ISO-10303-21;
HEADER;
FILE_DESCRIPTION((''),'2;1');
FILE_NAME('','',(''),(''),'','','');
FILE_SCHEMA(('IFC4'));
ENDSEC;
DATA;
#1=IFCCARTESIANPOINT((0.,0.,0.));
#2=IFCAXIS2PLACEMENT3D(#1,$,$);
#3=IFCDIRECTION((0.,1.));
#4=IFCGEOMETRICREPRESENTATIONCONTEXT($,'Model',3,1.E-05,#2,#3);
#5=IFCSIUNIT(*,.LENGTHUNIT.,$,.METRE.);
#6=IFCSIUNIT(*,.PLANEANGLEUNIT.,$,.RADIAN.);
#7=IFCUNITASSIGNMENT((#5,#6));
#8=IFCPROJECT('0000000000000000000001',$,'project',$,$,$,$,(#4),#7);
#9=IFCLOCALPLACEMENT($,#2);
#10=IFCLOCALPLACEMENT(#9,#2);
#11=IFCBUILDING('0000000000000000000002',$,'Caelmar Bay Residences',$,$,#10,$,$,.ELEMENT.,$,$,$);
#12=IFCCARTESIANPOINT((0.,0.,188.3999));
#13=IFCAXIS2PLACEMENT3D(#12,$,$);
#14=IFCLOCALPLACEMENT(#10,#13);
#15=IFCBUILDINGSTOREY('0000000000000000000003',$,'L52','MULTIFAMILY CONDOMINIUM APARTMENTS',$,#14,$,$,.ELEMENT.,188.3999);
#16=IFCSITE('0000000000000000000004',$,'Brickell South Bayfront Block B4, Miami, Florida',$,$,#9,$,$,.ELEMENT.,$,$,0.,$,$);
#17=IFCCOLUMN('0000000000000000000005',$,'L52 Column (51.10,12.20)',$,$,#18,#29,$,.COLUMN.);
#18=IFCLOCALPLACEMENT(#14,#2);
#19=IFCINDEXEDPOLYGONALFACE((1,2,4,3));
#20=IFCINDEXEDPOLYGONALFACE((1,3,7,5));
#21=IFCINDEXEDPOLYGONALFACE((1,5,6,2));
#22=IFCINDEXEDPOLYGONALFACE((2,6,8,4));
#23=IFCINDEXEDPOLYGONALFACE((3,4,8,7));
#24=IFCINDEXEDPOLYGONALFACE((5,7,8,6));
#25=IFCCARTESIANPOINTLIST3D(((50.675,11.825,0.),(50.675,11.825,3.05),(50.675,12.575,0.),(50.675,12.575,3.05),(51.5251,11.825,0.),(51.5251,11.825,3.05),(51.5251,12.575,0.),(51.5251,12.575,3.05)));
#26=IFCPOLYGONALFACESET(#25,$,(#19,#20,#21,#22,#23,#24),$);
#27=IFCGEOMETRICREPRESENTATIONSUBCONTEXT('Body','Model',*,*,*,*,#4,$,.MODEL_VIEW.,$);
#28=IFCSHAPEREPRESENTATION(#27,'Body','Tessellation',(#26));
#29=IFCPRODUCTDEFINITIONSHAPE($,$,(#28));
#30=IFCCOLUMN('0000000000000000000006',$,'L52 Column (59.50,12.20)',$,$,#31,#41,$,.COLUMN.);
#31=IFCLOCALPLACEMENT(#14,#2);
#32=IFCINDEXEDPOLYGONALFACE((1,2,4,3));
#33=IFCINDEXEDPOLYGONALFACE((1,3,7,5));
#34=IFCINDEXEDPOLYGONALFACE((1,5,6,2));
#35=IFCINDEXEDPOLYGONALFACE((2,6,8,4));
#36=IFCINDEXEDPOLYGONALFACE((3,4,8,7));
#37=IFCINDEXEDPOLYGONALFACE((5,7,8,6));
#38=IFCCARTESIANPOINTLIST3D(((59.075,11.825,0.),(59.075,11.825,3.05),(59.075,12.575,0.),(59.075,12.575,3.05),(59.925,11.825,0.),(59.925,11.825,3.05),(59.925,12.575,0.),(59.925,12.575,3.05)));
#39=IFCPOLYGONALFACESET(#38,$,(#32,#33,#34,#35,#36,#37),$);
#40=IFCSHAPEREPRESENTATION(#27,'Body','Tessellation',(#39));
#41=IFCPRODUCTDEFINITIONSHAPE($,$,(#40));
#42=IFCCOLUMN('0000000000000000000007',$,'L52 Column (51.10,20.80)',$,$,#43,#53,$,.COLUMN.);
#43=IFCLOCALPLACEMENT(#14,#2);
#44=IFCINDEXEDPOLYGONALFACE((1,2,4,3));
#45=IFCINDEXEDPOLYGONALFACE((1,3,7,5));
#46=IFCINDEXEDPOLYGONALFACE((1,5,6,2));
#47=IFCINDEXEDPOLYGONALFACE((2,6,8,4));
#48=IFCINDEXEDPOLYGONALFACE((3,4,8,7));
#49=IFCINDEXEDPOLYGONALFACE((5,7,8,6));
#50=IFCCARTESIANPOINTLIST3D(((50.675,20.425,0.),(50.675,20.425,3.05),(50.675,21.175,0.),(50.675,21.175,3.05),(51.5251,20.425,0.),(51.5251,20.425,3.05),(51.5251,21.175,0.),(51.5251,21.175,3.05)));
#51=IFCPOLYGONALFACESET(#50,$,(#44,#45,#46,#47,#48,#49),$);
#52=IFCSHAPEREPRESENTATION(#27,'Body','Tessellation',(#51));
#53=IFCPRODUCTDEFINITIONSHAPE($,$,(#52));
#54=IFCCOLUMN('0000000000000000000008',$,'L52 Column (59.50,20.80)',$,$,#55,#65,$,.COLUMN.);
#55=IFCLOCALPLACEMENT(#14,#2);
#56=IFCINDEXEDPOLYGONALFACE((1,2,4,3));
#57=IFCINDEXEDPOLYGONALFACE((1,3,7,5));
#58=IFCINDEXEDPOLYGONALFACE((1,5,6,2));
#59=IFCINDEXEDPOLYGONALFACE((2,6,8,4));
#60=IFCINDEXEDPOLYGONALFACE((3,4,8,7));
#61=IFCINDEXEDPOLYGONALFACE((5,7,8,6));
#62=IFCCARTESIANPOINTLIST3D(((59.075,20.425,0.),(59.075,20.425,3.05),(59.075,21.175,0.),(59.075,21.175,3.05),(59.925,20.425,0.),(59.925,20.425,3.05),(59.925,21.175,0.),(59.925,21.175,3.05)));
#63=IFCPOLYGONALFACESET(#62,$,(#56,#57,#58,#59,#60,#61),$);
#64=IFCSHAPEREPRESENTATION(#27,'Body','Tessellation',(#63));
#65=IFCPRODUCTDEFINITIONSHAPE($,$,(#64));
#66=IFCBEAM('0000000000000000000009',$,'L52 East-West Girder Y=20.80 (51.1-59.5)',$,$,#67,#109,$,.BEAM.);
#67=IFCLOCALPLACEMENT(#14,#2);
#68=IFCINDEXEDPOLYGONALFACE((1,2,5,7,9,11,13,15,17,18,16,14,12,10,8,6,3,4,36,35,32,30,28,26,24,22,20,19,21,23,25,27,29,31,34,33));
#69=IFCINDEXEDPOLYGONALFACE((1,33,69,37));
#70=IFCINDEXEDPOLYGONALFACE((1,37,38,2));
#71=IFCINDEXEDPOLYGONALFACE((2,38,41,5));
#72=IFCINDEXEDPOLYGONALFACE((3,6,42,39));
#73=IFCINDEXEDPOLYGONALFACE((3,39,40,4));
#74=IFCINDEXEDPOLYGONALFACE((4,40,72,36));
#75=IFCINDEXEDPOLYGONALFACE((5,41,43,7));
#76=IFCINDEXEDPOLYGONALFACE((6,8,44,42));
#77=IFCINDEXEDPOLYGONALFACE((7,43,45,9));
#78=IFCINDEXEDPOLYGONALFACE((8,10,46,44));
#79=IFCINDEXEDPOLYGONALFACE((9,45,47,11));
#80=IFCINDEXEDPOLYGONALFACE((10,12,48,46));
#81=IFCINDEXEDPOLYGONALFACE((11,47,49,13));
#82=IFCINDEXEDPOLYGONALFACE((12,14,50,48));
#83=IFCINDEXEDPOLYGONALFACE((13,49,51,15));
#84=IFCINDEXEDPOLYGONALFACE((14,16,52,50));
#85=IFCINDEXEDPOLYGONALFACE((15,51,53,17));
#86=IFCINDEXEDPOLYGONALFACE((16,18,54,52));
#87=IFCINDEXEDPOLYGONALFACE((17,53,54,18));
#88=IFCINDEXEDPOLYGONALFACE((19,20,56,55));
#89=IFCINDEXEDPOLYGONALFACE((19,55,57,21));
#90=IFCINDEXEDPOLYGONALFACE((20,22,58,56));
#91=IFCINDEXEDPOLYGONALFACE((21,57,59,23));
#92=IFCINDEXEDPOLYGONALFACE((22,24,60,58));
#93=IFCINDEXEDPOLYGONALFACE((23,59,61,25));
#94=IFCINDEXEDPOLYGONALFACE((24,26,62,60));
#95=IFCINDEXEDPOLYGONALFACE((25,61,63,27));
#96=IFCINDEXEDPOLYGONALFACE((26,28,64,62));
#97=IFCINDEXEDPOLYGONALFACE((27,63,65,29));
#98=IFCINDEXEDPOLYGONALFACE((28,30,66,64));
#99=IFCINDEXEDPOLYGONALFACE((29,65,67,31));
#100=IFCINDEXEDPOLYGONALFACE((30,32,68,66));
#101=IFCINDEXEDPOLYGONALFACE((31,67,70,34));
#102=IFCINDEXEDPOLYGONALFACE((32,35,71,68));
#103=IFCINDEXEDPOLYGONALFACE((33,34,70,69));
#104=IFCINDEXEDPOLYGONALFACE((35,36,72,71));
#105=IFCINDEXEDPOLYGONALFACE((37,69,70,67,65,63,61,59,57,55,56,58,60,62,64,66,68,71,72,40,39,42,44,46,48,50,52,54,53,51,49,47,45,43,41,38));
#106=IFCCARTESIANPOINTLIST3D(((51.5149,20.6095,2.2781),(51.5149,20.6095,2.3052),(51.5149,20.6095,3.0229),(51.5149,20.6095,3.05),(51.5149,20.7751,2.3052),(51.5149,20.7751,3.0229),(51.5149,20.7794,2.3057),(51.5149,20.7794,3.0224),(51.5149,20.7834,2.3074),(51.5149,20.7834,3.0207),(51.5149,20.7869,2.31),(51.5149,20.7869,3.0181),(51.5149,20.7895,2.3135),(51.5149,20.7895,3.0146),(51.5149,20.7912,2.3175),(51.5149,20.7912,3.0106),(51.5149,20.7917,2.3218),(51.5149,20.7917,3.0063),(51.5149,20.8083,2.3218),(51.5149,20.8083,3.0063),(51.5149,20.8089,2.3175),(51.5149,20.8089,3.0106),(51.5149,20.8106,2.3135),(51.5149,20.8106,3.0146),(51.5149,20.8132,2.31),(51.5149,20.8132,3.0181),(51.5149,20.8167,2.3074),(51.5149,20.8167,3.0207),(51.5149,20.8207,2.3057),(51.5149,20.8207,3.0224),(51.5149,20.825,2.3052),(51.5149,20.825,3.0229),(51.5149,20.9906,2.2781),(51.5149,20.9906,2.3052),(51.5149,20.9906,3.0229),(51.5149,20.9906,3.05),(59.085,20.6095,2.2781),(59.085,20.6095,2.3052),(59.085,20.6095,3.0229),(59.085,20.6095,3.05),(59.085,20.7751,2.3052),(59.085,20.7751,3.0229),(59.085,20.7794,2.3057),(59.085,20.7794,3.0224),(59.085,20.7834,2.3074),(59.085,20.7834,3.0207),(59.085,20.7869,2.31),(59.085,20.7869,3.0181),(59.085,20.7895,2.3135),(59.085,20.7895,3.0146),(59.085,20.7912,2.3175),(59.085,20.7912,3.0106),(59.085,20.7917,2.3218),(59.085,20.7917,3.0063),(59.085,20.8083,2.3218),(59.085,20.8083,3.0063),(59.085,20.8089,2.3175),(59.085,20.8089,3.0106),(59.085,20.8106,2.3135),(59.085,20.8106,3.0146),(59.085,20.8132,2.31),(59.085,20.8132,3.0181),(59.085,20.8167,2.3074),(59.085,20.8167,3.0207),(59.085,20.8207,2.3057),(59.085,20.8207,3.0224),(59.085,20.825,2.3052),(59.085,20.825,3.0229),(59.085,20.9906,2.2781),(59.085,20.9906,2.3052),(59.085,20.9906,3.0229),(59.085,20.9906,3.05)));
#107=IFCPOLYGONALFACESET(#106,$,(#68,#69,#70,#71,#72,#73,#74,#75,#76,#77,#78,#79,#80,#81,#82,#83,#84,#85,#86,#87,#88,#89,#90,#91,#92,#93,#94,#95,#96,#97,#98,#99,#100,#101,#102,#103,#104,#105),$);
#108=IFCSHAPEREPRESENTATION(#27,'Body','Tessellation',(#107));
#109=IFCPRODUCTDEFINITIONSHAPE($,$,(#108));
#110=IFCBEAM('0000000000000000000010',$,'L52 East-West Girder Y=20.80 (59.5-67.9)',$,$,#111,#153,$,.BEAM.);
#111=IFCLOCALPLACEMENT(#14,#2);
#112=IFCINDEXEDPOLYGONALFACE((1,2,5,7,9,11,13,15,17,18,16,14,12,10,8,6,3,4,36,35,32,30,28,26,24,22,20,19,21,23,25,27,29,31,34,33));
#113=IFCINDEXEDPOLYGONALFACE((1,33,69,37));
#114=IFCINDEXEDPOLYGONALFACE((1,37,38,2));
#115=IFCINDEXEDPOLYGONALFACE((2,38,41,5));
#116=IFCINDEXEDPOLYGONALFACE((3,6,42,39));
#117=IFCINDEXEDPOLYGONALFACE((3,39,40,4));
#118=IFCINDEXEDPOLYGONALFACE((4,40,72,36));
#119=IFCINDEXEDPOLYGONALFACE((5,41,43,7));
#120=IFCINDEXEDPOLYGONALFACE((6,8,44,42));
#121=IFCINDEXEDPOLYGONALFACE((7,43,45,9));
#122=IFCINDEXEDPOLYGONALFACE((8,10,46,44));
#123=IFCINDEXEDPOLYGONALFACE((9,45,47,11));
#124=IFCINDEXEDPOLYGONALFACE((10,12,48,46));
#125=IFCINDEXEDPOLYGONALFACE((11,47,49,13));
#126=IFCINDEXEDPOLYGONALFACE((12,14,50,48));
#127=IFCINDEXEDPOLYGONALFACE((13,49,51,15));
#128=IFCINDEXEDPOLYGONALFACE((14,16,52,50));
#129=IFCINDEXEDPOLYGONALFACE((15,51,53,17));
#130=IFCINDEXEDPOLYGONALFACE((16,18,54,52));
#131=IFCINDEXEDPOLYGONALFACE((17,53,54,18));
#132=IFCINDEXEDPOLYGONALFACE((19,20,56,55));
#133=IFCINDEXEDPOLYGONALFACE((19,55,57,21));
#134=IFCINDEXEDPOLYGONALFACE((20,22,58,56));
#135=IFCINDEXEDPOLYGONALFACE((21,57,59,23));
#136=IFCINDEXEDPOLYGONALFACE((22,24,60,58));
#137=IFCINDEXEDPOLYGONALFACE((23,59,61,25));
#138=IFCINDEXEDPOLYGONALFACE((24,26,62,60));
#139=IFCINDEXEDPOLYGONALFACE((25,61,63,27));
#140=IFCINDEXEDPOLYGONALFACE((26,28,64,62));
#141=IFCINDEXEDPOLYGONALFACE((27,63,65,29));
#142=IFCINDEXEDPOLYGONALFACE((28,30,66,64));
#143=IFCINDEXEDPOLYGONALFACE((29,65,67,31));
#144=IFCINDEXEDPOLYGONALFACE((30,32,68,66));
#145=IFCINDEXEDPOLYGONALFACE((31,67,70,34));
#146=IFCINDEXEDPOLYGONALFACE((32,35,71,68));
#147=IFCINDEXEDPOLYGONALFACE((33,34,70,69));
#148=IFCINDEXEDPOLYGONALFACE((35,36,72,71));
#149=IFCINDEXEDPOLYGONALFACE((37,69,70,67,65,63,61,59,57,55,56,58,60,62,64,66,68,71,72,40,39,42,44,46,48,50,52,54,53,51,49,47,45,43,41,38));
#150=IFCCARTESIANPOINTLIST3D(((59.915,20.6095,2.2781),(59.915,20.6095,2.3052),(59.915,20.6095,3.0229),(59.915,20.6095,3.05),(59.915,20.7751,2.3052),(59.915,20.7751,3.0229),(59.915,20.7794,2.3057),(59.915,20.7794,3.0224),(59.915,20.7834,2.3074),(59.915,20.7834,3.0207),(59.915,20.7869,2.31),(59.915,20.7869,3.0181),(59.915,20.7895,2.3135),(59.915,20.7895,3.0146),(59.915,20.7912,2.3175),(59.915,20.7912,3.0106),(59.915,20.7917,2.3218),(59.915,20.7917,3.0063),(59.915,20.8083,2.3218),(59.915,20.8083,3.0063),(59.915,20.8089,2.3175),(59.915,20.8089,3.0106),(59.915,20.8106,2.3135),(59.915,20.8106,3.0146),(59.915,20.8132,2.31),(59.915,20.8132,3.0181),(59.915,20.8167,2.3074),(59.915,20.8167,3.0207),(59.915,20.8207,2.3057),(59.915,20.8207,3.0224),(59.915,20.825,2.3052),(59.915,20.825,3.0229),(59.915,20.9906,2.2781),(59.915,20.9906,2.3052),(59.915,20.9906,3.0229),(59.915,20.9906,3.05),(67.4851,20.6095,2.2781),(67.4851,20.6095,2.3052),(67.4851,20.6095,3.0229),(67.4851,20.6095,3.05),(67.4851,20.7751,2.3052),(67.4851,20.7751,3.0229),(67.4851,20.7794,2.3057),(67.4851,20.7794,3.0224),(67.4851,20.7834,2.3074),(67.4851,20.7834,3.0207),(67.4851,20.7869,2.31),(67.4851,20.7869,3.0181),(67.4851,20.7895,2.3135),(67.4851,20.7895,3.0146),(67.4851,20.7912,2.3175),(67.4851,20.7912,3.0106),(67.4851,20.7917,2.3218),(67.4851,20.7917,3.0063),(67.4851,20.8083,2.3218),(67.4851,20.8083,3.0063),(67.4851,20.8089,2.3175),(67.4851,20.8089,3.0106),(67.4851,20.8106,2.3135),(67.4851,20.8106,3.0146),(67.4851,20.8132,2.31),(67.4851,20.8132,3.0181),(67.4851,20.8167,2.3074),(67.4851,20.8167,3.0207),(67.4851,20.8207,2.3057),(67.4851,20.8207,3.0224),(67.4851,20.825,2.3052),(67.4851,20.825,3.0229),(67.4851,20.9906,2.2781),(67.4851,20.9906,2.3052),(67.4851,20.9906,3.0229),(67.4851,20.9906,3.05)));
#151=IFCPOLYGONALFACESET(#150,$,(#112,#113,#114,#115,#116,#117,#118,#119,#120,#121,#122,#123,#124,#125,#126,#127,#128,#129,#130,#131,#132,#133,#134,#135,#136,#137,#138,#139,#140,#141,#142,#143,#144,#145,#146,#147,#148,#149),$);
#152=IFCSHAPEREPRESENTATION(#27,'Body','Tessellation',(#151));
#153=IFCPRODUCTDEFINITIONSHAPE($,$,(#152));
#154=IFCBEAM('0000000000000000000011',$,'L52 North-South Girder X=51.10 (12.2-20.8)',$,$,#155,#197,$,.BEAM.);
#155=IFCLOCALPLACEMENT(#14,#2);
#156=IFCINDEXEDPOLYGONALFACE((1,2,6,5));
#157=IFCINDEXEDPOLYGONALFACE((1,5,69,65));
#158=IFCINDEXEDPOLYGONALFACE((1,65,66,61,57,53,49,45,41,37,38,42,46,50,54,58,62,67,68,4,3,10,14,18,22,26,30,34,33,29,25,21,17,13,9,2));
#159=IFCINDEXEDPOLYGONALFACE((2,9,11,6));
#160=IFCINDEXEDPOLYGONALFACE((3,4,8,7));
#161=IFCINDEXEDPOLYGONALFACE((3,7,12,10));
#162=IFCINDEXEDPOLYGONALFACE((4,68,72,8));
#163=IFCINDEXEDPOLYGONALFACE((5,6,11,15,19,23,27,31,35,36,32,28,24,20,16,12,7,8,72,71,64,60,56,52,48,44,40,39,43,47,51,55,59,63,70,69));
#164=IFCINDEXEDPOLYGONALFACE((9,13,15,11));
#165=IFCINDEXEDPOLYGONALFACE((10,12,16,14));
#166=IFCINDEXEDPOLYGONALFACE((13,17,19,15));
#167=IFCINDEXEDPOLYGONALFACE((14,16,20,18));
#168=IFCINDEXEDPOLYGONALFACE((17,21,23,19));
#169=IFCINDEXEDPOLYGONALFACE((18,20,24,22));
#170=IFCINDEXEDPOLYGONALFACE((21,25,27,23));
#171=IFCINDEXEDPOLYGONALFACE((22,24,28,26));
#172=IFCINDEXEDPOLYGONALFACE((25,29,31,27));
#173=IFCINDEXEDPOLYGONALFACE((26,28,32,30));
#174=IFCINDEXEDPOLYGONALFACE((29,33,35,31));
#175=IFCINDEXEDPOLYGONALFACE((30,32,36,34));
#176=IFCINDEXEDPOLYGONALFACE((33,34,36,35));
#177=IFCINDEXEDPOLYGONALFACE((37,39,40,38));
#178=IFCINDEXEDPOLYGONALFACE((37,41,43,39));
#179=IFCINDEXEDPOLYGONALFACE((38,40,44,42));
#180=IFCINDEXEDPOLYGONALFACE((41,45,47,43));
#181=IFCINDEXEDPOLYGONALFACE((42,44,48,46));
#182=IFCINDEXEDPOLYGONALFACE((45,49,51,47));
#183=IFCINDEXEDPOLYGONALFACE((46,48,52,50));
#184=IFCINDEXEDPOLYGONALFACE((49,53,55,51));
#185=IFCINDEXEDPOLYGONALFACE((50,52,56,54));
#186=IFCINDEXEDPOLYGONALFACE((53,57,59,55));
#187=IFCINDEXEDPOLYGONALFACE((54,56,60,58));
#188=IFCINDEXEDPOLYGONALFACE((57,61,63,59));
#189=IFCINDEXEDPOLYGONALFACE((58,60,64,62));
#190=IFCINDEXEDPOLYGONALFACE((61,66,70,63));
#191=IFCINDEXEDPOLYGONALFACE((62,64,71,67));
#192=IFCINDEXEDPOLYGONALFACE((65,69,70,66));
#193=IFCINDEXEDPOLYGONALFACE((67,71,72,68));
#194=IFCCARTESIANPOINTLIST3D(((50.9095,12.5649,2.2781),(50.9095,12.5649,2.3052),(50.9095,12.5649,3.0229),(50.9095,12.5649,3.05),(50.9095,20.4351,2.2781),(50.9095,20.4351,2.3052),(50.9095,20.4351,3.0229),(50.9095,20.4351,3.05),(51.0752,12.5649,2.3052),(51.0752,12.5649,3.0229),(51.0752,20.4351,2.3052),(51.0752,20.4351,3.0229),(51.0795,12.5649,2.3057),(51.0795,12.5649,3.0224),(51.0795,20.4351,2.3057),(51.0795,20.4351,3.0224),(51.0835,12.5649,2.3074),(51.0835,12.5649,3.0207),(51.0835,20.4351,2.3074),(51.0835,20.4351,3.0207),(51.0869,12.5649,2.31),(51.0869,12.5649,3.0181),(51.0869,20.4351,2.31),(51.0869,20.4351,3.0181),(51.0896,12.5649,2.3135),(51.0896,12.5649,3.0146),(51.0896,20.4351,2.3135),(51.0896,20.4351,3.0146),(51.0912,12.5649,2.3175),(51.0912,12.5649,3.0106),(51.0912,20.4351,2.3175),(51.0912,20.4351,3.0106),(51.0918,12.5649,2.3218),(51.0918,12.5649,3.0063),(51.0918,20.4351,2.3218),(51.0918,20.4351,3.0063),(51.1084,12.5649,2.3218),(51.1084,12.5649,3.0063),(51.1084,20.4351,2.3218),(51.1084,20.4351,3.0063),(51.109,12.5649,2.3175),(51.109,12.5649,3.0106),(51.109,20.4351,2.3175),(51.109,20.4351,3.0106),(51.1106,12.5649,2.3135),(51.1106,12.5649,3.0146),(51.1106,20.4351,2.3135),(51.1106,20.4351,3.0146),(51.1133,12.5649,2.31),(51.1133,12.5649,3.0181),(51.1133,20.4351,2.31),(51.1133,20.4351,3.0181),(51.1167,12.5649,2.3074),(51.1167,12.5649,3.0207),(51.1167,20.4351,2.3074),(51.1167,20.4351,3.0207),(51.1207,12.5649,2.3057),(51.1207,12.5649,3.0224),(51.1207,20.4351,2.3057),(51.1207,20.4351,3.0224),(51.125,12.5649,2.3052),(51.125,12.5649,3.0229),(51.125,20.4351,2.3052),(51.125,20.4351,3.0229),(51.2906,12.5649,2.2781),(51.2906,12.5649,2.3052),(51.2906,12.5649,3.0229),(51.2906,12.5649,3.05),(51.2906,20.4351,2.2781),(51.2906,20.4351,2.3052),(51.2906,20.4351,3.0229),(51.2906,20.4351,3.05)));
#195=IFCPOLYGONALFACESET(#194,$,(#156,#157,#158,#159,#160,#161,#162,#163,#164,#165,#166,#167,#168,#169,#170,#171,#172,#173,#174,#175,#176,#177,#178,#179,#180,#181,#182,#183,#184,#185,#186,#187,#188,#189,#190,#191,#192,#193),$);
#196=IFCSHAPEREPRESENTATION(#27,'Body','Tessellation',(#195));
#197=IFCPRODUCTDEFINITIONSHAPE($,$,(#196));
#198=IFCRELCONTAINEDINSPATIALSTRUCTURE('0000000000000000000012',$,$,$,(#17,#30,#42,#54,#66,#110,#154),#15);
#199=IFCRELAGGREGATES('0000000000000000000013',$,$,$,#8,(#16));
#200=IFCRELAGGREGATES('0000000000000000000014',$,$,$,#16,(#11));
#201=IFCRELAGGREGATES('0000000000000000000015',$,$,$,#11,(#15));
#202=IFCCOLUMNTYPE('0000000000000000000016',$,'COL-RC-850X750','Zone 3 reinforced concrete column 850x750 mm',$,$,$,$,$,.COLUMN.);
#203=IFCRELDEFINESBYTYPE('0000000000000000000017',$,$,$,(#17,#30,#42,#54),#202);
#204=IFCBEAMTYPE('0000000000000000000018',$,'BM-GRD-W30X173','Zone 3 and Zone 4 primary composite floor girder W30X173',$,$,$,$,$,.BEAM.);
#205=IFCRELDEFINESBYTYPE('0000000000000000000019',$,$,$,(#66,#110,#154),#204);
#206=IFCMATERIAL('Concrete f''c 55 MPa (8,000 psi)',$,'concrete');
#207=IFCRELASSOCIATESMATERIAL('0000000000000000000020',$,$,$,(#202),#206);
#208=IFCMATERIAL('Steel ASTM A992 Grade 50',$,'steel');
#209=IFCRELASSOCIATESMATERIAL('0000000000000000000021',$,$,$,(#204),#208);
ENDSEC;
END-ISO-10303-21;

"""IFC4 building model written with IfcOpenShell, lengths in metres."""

from ifc_helpers import new_model, si_unit, direction, frame, origin, origin_2d, place, context, subcontext, project, spatial, rectangle, i_section, extrude, material, material_profile, profile_set, type_object, element, save


model = new_model("IFC4")

# Units and contexts
model_context = context("Model", 3, precision=1e-05, world=origin(), true_north=direction((0.0, 1.0)))
body_context = subcontext(model_context, "Body", "Model", "MODEL_VIEW")
ifc_project = project(units=[si_unit("LENGTHUNIT", "METRE"), si_unit("PLANEANGLEUNIT", "RADIAN")], contexts=[model_context])

# Site, building, storey
site_placement = place(None, origin())
site = spatial("IfcSite", under=ifc_project, at=site_placement, Name="Brickell South Bayfront Block B4, Miami, Florida", CompositionType="ELEMENT", RefElevation=0.0)
building_placement = place(site_placement, origin())
building = spatial("IfcBuilding", under=site, at=building_placement, Name="Caelmar Bay Residences", CompositionType="ELEMENT")
storey_placement = place(building_placement, frame((0.0, 0.0, 188.3999)))
storey = spatial("IfcBuildingStorey", under=building, at=storey_placement, Name="L52", Description="MULTIFAMILY CONDOMINIUM APARTMENTS", CompositionType="ELEMENT", Elevation=188.3999)

# Columns
ifc_material_1 = material(Name="Concrete f'c 55 MPa (8,000 psi)", Category="concrete")
ifc_material_profile_1 = material_profile(ifc_material_1, rectangle(XDim=0.8501, YDim=0.75, at=origin_2d()), Name="RC-COL-850X750")
ifc_profile_set_1 = profile_set([ifc_material_profile_1], Name="Concrete f'c 55 MPa (8,000 psi)")
column_type = type_object("IfcColumnType", Name="COL-RC-850X750", Description="Zone 3 reinforced concrete column 850x750 mm", PredefinedType="COLUMN", material=ifc_profile_set_1)
for number, where, z_axis, x_axis, name in (
    (1, (51.1001, 12.2, 0.0), (0.0, 0.0, 1.0), (1.0, 0.0, 0.0), "L52 Column (51.10,12.20)"),
    (2, (59.5, 12.2, 0.0), (0.0, 0.0, 1.0), (1.0, 0.0, 0.0), "L52 Column (59.50,12.20)"),
    (3, (51.1001, 20.8, 0.0), (0.0, 0.0, 1.0), (1.0, 0.0, 0.0), "L52 Column (51.10,20.80)"),
    (4, (59.5, 20.8, 0.0), (0.0, 0.0, 1.0), (1.0, 0.0, 0.0), "L52 Column (59.50,20.80)"),
):
    element("IfcColumn", number, at=place(storey_placement, frame(where, z_axis=z_axis, x_axis=x_axis)), inside=storey, type_object=column_type, Name=name, PredefinedType="COLUMN", context=body_context, shape_type="SweptSolid", body=[
        extrude(rectangle(XDim=0.8501, YDim=0.75, at=origin_2d()), origin(), (0.0, 0.0, 1.0), 3.05),
    ])

# Beams
ifc_material_2 = material(Name="Steel ASTM A992 Grade 50", Category="steel")
ifc_material_profile_2 = material_profile(ifc_material_2, i_section(OverallWidth=0.3811, OverallDepth=0.772, WebThickness=0.0166, FlangeThickness=0.0271, FilletRadius=0.0166, at=origin_2d()), Name="W30X173")
ifc_profile_set_2 = profile_set([ifc_material_profile_2], Name="Steel ASTM A992 Grade 50")
beam_type_1 = type_object("IfcBeamType", Name="BM-GRD-W30X173", Description="Zone 3 and Zone 4 primary composite floor girder W30X173", PredefinedType="BEAM", material=ifc_profile_set_2)
for number, where, z_axis, x_axis, name in (
    (5, (51.5149, 20.8, 2.6641), (1.0, 0.0, 0.0), (0.0, 1.0, 0.0), "L52 East-West Girder Y=20.80 (51.1-59.5)"),
    (6, (59.915, 20.8, 2.6641), (1.0, 0.0, 0.0), (0.0, 1.0, 0.0), "L52 East-West Girder Y=20.80 (59.5-67.9)"),
):
    element("IfcBeam", number, at=place(storey_placement, frame(where, z_axis=z_axis, x_axis=x_axis)), inside=storey, type_object=beam_type_1, Name=name, PredefinedType="BEAM", context=body_context, shape_type="SweptSolid", body=[
        extrude(i_section(OverallWidth=0.3811, OverallDepth=0.772, WebThickness=0.0166, FlangeThickness=0.0271, FilletRadius=0.0166, at=origin_2d()), origin(), (0.0, 0.0, 1.0), 7.5701),
    ])
for number, where, z_axis, x_axis, name in (
    (7, (51.1001, 12.5649, 2.6641), (0.0, 1.0, 0.0), (-1.0, 0.0, 0.0), "L52 North-South Girder X=51.10 (12.2-20.8)"),
):
    element("IfcBeam", number, at=place(storey_placement, frame(where, z_axis=z_axis, x_axis=x_axis)), inside=storey, type_object=beam_type_1, Name=name, PredefinedType="BEAM", context=body_context, shape_type="SweptSolid", body=[
        extrude(i_section(OverallWidth=0.3811, OverallDepth=0.772, WebThickness=0.0166, FlangeThickness=0.0271, FilletRadius=0.0166, at=origin_2d()), origin(), (0.0, 0.0, 1.0), 7.8701),
    ])

save(model, "model.ifc")
